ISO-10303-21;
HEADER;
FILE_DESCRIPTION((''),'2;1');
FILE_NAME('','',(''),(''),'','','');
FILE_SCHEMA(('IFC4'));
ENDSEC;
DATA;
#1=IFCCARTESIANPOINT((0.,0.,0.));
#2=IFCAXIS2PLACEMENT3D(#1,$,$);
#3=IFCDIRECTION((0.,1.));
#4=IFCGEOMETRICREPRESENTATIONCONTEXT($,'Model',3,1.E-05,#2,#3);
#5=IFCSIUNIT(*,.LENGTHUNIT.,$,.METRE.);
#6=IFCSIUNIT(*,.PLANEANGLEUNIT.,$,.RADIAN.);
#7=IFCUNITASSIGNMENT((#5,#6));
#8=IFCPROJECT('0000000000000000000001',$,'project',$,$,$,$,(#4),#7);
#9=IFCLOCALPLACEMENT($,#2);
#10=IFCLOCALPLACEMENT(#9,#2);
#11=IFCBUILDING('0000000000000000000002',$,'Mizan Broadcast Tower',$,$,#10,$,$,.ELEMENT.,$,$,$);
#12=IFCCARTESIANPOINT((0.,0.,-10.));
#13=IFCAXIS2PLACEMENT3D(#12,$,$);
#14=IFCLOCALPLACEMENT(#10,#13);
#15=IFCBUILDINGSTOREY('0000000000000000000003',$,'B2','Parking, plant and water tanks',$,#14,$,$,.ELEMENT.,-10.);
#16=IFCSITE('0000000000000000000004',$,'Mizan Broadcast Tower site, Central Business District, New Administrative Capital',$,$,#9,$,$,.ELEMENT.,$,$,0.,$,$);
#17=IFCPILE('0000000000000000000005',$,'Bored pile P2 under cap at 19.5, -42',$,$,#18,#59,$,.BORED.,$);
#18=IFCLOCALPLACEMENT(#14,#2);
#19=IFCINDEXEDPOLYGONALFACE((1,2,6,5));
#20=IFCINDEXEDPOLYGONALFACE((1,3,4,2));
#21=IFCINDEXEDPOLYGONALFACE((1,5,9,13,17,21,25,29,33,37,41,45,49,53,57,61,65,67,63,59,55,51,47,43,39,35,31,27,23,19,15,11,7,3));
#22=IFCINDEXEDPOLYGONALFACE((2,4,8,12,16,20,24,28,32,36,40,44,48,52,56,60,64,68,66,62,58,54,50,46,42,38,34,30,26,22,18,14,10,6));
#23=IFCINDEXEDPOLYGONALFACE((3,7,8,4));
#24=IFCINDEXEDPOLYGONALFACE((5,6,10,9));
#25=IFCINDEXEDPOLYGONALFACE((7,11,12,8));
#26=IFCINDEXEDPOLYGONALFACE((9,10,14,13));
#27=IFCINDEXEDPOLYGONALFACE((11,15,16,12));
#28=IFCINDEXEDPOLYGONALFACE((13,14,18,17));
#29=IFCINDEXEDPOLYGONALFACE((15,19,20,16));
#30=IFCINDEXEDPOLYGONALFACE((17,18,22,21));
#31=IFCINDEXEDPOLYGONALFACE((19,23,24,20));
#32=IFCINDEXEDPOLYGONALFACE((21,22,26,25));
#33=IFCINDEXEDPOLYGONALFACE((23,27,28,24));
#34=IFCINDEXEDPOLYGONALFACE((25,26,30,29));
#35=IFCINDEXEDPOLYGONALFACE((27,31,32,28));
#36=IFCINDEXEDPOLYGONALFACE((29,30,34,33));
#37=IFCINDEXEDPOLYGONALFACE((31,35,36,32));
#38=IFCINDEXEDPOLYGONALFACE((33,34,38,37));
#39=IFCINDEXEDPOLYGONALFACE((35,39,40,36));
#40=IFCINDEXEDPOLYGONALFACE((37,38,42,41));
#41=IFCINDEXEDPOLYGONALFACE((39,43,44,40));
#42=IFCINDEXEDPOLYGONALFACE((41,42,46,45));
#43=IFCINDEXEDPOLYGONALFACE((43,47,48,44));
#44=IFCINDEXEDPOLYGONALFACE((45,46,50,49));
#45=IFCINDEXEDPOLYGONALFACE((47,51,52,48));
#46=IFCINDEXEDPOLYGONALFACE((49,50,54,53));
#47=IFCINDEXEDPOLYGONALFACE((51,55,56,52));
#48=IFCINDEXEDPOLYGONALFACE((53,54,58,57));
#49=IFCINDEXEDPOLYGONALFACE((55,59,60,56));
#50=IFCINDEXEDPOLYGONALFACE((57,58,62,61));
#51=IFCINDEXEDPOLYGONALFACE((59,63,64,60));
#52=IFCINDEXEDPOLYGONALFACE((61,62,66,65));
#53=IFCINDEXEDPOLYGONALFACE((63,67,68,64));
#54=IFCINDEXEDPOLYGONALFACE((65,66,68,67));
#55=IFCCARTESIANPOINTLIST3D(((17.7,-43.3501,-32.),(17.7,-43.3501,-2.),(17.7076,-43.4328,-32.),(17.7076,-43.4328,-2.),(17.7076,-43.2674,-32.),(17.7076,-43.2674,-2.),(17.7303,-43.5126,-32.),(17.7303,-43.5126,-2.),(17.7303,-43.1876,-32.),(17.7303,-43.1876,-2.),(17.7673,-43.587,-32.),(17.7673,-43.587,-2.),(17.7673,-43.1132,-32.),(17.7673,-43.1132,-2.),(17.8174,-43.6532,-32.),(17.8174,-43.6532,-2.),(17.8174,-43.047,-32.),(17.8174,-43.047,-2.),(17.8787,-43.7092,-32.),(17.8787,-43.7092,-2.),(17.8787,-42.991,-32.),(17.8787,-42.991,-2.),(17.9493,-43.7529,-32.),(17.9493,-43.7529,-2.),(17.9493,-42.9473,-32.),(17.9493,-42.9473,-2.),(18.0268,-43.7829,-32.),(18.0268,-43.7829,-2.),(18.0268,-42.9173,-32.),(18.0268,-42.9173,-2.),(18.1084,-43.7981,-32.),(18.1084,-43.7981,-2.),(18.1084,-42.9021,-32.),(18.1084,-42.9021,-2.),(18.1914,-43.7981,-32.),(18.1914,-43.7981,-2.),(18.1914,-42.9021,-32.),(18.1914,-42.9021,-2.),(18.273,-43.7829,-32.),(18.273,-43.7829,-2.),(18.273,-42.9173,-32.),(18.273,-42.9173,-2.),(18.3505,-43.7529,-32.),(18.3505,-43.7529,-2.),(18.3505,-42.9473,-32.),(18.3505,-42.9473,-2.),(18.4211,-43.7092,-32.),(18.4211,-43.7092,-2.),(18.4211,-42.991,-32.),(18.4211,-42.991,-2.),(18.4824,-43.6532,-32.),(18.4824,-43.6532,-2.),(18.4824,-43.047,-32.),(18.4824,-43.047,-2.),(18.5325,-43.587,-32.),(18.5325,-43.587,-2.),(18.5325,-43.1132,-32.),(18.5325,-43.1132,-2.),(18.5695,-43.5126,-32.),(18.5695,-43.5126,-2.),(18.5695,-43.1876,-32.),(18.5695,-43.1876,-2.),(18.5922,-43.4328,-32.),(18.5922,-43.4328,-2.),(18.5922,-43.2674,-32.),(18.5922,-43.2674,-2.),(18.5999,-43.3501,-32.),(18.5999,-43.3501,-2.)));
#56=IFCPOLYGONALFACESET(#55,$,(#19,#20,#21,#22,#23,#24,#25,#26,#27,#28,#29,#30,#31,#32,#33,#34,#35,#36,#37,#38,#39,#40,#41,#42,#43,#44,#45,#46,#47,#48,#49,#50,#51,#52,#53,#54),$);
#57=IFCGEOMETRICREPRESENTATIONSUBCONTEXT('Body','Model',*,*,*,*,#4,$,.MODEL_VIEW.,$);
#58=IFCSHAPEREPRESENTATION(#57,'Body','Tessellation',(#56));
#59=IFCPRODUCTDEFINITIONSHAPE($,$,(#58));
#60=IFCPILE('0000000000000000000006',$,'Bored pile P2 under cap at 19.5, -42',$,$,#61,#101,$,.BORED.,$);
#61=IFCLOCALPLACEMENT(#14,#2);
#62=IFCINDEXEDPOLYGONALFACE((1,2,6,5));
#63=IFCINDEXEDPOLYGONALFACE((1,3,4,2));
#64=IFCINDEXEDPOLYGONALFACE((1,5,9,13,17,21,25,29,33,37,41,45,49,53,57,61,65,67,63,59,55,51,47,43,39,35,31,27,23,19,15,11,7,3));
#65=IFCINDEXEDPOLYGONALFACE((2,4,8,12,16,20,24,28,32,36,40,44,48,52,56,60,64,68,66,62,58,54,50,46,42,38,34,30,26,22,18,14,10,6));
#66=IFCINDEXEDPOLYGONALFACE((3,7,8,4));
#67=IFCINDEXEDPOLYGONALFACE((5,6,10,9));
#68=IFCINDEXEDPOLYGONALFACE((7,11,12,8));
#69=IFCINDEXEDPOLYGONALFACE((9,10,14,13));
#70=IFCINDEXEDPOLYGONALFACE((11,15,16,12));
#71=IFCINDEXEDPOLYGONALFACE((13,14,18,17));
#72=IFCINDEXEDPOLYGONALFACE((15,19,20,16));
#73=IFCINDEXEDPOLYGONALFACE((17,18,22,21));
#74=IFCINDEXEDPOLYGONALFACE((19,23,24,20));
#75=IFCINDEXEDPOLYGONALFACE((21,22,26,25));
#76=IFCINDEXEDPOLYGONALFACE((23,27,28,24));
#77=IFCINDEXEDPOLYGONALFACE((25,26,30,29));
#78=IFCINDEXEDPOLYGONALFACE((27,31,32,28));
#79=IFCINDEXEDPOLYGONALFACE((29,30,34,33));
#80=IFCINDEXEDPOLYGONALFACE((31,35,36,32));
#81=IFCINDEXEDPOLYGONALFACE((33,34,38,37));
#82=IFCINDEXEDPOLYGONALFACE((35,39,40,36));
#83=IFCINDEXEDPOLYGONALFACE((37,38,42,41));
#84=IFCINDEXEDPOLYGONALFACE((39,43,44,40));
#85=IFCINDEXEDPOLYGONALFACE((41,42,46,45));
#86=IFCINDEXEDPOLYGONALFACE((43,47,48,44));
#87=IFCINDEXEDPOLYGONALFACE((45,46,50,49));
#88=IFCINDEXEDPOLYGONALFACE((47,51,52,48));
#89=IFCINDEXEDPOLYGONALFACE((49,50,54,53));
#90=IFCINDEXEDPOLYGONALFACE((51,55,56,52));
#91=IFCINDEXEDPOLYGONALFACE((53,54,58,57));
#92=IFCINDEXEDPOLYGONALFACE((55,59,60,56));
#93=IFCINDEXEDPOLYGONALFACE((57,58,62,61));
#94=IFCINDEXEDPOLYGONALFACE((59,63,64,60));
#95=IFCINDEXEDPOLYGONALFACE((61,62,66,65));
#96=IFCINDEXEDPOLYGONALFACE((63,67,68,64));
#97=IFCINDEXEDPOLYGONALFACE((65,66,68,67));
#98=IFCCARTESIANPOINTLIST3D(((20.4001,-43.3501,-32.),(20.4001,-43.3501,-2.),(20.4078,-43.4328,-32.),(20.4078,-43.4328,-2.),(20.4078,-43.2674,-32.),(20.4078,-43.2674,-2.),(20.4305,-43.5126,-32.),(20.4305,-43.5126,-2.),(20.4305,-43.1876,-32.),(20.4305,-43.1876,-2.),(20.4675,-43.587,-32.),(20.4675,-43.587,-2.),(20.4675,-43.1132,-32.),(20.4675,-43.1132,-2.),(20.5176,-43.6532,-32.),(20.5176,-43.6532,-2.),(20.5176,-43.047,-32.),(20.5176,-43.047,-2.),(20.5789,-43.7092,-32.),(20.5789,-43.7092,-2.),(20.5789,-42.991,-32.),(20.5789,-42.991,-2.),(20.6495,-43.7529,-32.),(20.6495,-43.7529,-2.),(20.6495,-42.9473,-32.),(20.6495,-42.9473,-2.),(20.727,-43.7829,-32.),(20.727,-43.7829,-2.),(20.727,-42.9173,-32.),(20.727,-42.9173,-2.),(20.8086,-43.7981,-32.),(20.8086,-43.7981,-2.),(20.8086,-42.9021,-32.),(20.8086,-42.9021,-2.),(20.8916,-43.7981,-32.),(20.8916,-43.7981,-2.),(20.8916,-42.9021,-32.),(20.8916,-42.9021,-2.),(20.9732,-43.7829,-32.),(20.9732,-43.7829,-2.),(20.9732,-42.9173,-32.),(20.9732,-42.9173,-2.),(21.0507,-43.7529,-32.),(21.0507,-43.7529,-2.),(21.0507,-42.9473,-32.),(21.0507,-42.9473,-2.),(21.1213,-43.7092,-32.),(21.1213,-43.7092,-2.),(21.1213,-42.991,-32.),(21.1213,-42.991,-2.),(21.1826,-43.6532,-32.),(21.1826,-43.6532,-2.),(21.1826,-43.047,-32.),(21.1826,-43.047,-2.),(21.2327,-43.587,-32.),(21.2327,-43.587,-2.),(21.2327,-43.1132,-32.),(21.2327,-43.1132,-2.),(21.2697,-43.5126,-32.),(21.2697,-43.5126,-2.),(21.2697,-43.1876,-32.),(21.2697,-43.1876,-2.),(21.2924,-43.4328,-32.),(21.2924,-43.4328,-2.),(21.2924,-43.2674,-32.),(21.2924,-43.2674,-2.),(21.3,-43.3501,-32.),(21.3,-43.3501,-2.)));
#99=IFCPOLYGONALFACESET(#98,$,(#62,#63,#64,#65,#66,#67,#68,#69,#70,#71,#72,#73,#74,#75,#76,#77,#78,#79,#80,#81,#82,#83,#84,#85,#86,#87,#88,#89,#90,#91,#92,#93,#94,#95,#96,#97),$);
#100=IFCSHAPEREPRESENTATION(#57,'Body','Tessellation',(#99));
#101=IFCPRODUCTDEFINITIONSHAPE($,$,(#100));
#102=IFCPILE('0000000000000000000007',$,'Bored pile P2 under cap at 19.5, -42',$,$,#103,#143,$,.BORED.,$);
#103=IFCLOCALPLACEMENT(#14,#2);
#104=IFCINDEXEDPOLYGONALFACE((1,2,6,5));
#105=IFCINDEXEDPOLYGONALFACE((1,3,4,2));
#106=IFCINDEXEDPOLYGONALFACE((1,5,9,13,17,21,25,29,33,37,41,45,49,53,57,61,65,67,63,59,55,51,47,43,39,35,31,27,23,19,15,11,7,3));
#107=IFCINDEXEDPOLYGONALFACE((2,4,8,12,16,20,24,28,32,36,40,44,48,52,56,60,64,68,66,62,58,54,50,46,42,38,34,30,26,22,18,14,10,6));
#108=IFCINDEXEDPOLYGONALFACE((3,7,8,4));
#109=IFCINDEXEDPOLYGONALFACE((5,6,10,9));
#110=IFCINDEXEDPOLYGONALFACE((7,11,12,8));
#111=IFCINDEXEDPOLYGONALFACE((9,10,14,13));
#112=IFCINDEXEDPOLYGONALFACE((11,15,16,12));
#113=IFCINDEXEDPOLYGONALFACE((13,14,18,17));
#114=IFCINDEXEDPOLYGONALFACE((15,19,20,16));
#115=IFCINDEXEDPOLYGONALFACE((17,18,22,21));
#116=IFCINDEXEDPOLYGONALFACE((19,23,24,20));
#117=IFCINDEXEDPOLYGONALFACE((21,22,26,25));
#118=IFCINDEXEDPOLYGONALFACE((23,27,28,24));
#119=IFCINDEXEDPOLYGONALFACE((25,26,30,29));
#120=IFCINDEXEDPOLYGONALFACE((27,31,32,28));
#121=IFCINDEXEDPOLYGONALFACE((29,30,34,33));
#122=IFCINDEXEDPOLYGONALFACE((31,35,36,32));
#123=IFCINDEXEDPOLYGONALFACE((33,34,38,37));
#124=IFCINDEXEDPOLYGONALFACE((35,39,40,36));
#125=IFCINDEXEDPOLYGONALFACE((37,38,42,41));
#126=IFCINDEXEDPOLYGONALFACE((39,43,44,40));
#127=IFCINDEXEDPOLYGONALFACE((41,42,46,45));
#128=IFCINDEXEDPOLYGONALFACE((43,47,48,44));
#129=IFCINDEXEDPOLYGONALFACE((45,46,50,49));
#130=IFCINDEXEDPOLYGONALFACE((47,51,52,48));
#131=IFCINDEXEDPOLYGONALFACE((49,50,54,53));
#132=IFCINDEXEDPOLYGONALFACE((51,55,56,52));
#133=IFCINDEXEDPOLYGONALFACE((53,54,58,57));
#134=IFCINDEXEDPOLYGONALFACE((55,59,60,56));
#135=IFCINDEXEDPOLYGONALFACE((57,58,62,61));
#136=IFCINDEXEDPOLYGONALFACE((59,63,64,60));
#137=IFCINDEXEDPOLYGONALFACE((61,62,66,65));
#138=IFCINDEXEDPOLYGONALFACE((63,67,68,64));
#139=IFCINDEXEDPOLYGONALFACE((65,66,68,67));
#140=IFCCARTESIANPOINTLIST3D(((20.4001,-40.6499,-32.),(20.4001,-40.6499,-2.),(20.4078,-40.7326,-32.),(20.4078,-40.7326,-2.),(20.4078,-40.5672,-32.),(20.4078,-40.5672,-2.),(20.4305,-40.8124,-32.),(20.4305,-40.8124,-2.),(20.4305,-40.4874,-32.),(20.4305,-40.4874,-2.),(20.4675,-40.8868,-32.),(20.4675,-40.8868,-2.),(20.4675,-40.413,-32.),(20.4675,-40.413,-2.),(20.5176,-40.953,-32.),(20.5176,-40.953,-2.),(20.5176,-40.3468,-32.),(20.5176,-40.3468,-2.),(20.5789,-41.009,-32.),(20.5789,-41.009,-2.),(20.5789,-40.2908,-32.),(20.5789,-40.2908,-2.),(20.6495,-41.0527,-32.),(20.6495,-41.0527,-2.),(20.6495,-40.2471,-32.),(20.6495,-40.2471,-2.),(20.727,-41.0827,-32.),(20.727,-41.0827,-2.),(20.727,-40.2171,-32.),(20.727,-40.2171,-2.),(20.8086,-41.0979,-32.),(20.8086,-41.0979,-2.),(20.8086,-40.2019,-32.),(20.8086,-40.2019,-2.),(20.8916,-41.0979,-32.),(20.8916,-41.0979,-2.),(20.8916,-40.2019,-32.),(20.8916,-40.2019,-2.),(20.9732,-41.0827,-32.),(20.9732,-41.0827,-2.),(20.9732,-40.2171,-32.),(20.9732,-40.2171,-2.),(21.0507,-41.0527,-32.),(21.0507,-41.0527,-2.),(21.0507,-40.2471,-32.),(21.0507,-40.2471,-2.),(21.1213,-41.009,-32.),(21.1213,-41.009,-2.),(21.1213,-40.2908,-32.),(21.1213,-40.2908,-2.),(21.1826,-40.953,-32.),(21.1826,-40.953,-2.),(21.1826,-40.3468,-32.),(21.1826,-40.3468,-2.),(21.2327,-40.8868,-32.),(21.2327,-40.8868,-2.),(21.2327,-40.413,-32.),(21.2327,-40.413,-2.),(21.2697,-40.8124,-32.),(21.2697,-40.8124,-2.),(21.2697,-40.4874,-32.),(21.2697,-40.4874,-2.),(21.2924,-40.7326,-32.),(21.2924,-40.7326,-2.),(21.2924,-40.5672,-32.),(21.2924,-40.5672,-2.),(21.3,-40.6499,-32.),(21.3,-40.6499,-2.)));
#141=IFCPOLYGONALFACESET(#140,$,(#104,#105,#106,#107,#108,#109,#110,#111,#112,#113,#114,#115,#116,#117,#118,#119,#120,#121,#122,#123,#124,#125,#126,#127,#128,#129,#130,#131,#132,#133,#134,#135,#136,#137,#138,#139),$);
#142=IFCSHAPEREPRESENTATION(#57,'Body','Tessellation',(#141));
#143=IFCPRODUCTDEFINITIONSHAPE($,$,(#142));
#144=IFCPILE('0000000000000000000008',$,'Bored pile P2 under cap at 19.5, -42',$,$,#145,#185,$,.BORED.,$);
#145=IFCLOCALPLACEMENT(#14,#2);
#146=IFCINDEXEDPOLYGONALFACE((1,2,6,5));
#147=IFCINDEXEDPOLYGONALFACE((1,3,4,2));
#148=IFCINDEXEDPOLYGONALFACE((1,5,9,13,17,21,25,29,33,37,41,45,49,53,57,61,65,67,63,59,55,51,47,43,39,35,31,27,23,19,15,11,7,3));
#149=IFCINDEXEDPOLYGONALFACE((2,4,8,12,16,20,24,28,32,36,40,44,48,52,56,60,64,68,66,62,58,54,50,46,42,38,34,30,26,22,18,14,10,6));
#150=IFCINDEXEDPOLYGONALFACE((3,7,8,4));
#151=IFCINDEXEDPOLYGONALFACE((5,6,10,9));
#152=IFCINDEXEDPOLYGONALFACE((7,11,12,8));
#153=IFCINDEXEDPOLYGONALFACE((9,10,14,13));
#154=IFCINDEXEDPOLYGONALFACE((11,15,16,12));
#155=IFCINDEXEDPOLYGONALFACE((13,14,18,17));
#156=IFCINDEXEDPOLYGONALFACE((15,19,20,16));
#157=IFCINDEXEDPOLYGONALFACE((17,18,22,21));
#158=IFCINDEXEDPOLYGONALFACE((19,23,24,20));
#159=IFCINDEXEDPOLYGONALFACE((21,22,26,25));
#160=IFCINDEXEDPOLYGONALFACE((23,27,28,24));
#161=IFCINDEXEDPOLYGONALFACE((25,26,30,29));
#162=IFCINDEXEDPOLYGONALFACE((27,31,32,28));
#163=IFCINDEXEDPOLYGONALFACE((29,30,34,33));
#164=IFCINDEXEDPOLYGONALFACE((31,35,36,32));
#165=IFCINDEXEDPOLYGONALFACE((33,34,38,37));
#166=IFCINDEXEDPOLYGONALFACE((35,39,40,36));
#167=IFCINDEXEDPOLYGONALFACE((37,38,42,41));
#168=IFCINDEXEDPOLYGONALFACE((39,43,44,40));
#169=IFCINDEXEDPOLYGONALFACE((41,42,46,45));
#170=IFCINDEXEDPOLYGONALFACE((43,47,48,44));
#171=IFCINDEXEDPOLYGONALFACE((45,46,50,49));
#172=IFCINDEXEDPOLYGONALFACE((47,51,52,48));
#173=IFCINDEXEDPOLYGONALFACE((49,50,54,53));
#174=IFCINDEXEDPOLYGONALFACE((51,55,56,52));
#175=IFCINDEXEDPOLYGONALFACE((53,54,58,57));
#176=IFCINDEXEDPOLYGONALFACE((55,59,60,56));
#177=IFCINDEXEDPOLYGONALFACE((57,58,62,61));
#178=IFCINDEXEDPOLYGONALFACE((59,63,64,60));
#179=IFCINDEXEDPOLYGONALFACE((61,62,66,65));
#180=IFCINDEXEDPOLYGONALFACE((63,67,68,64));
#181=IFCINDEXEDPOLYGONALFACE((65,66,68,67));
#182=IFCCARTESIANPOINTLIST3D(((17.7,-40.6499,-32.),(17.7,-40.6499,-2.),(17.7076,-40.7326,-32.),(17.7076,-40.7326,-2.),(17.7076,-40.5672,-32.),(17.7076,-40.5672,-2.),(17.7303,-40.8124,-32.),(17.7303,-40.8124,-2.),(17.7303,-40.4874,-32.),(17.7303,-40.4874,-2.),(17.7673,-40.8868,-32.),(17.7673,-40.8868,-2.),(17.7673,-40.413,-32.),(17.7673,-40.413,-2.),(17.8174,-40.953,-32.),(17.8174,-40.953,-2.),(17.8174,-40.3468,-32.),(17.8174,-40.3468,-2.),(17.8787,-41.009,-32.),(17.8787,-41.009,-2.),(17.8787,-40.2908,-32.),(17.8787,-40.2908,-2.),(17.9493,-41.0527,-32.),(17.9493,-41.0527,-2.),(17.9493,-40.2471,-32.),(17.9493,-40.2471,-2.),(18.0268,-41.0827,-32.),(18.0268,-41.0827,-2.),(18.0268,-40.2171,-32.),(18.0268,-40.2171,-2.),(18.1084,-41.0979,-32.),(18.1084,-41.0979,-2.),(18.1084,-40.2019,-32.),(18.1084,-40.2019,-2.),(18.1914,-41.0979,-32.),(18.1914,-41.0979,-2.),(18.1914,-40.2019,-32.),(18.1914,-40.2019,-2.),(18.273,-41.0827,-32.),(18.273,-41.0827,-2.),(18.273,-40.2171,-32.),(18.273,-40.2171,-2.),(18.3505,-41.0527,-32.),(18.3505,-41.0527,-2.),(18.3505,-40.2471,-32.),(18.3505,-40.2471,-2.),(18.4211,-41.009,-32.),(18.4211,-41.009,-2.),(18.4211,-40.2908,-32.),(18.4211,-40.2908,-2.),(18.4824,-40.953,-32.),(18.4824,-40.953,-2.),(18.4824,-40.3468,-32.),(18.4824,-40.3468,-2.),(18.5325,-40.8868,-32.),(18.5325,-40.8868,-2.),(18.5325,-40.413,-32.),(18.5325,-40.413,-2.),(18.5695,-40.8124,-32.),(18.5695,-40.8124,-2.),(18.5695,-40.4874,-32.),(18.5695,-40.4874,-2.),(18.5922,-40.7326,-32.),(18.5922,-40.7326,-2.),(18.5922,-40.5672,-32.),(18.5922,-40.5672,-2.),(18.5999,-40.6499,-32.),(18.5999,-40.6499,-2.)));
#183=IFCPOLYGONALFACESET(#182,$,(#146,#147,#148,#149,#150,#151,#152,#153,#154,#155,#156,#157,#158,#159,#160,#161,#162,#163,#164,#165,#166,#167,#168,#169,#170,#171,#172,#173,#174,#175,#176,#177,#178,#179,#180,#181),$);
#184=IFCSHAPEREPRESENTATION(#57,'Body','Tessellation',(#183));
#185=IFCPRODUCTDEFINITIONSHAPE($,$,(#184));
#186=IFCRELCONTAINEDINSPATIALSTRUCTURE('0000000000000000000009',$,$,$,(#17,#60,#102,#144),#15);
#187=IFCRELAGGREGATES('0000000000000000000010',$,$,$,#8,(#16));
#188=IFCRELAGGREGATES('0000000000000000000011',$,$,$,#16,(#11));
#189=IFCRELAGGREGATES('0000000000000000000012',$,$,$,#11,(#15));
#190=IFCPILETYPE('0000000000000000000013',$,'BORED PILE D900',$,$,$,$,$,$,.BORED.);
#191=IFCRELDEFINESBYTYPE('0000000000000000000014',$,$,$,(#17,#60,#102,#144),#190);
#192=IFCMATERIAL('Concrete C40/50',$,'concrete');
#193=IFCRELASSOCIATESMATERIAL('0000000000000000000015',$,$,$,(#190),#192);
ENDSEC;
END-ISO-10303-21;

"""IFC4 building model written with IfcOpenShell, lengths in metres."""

from ifc_helpers import new_model, si_unit, direction, frame, origin, origin_2d, place, context, subcontext, project, spatial, circle, extrude, material, material_profile, profile_set, type_object, element, save


model = new_model("IFC4")

# Units and contexts
model_context = context("Model", 3, precision=1e-05, world=origin(), true_north=direction((0.0, 1.0)))
body_context = subcontext(model_context, "Body", "Model", "MODEL_VIEW")
ifc_project = project(units=[si_unit("LENGTHUNIT", "METRE"), si_unit("PLANEANGLEUNIT", "RADIAN")], contexts=[model_context])

# Site, building, storey
site_placement = place(None, origin())
site = spatial("IfcSite", under=ifc_project, at=site_placement, Name="Mizan Broadcast Tower site, Central Business District, New Administrative Capital", CompositionType="ELEMENT", RefElevation=0.0)
building_placement = place(site_placement, origin())
building = spatial("IfcBuilding", under=site, at=building_placement, Name="Mizan Broadcast Tower", CompositionType="ELEMENT")
storey_placement = place(building_placement, frame((0.0, 0.0, -10.0)))
storey = spatial("IfcBuildingStorey", under=building, at=storey_placement, Name="B2", Description="Parking, plant and water tanks", CompositionType="ELEMENT", Elevation=-10.0)

# Piles
ifc_material_1 = material(Name="Concrete C40/50", Category="concrete")
ifc_material_profile_1 = material_profile(ifc_material_1, circle(Radius=0.45, at=origin_2d()), Name="D900")
ifc_profile_set_1 = profile_set([ifc_material_profile_1], Name="Concrete C40/50")
pile_type_1 = type_object("IfcPileType", Name="BORED PILE D900", PredefinedType="BORED", material=ifc_profile_set_1)
for number, where, z_axis, x_axis, name in (
    (1, (18.1499, -43.3501, -2.0), (0.0, 0.0, -1.0), (1.0, 0.0, 0.0), "Bored pile P2 under cap at 19.5, -42"),
    (2, (20.8501, -43.3501, -2.0), (0.0, 0.0, -1.0), (1.0, 0.0, 0.0), "Bored pile P2 under cap at 19.5, -42"),
    (3, (20.8501, -40.6499, -2.0), (0.0, 0.0, -1.0), (1.0, 0.0, 0.0), "Bored pile P2 under cap at 19.5, -42"),
    (4, (18.1499, -40.6499, -2.0), (0.0, 0.0, -1.0), (1.0, 0.0, 0.0), "Bored pile P2 under cap at 19.5, -42"),
):
    element("IfcPile", number, at=place(storey_placement, frame(where, z_axis=z_axis, x_axis=x_axis)), inside=storey, type_object=pile_type_1, Name=name, PredefinedType="BORED", context=body_context, shape_type="SweptSolid", body=[
        extrude(circle(Radius=0.45, at=origin_2d()), origin(), (0.0, 0.0, 1.0), 30.0),
    ])

save(model, "model.ifc")
